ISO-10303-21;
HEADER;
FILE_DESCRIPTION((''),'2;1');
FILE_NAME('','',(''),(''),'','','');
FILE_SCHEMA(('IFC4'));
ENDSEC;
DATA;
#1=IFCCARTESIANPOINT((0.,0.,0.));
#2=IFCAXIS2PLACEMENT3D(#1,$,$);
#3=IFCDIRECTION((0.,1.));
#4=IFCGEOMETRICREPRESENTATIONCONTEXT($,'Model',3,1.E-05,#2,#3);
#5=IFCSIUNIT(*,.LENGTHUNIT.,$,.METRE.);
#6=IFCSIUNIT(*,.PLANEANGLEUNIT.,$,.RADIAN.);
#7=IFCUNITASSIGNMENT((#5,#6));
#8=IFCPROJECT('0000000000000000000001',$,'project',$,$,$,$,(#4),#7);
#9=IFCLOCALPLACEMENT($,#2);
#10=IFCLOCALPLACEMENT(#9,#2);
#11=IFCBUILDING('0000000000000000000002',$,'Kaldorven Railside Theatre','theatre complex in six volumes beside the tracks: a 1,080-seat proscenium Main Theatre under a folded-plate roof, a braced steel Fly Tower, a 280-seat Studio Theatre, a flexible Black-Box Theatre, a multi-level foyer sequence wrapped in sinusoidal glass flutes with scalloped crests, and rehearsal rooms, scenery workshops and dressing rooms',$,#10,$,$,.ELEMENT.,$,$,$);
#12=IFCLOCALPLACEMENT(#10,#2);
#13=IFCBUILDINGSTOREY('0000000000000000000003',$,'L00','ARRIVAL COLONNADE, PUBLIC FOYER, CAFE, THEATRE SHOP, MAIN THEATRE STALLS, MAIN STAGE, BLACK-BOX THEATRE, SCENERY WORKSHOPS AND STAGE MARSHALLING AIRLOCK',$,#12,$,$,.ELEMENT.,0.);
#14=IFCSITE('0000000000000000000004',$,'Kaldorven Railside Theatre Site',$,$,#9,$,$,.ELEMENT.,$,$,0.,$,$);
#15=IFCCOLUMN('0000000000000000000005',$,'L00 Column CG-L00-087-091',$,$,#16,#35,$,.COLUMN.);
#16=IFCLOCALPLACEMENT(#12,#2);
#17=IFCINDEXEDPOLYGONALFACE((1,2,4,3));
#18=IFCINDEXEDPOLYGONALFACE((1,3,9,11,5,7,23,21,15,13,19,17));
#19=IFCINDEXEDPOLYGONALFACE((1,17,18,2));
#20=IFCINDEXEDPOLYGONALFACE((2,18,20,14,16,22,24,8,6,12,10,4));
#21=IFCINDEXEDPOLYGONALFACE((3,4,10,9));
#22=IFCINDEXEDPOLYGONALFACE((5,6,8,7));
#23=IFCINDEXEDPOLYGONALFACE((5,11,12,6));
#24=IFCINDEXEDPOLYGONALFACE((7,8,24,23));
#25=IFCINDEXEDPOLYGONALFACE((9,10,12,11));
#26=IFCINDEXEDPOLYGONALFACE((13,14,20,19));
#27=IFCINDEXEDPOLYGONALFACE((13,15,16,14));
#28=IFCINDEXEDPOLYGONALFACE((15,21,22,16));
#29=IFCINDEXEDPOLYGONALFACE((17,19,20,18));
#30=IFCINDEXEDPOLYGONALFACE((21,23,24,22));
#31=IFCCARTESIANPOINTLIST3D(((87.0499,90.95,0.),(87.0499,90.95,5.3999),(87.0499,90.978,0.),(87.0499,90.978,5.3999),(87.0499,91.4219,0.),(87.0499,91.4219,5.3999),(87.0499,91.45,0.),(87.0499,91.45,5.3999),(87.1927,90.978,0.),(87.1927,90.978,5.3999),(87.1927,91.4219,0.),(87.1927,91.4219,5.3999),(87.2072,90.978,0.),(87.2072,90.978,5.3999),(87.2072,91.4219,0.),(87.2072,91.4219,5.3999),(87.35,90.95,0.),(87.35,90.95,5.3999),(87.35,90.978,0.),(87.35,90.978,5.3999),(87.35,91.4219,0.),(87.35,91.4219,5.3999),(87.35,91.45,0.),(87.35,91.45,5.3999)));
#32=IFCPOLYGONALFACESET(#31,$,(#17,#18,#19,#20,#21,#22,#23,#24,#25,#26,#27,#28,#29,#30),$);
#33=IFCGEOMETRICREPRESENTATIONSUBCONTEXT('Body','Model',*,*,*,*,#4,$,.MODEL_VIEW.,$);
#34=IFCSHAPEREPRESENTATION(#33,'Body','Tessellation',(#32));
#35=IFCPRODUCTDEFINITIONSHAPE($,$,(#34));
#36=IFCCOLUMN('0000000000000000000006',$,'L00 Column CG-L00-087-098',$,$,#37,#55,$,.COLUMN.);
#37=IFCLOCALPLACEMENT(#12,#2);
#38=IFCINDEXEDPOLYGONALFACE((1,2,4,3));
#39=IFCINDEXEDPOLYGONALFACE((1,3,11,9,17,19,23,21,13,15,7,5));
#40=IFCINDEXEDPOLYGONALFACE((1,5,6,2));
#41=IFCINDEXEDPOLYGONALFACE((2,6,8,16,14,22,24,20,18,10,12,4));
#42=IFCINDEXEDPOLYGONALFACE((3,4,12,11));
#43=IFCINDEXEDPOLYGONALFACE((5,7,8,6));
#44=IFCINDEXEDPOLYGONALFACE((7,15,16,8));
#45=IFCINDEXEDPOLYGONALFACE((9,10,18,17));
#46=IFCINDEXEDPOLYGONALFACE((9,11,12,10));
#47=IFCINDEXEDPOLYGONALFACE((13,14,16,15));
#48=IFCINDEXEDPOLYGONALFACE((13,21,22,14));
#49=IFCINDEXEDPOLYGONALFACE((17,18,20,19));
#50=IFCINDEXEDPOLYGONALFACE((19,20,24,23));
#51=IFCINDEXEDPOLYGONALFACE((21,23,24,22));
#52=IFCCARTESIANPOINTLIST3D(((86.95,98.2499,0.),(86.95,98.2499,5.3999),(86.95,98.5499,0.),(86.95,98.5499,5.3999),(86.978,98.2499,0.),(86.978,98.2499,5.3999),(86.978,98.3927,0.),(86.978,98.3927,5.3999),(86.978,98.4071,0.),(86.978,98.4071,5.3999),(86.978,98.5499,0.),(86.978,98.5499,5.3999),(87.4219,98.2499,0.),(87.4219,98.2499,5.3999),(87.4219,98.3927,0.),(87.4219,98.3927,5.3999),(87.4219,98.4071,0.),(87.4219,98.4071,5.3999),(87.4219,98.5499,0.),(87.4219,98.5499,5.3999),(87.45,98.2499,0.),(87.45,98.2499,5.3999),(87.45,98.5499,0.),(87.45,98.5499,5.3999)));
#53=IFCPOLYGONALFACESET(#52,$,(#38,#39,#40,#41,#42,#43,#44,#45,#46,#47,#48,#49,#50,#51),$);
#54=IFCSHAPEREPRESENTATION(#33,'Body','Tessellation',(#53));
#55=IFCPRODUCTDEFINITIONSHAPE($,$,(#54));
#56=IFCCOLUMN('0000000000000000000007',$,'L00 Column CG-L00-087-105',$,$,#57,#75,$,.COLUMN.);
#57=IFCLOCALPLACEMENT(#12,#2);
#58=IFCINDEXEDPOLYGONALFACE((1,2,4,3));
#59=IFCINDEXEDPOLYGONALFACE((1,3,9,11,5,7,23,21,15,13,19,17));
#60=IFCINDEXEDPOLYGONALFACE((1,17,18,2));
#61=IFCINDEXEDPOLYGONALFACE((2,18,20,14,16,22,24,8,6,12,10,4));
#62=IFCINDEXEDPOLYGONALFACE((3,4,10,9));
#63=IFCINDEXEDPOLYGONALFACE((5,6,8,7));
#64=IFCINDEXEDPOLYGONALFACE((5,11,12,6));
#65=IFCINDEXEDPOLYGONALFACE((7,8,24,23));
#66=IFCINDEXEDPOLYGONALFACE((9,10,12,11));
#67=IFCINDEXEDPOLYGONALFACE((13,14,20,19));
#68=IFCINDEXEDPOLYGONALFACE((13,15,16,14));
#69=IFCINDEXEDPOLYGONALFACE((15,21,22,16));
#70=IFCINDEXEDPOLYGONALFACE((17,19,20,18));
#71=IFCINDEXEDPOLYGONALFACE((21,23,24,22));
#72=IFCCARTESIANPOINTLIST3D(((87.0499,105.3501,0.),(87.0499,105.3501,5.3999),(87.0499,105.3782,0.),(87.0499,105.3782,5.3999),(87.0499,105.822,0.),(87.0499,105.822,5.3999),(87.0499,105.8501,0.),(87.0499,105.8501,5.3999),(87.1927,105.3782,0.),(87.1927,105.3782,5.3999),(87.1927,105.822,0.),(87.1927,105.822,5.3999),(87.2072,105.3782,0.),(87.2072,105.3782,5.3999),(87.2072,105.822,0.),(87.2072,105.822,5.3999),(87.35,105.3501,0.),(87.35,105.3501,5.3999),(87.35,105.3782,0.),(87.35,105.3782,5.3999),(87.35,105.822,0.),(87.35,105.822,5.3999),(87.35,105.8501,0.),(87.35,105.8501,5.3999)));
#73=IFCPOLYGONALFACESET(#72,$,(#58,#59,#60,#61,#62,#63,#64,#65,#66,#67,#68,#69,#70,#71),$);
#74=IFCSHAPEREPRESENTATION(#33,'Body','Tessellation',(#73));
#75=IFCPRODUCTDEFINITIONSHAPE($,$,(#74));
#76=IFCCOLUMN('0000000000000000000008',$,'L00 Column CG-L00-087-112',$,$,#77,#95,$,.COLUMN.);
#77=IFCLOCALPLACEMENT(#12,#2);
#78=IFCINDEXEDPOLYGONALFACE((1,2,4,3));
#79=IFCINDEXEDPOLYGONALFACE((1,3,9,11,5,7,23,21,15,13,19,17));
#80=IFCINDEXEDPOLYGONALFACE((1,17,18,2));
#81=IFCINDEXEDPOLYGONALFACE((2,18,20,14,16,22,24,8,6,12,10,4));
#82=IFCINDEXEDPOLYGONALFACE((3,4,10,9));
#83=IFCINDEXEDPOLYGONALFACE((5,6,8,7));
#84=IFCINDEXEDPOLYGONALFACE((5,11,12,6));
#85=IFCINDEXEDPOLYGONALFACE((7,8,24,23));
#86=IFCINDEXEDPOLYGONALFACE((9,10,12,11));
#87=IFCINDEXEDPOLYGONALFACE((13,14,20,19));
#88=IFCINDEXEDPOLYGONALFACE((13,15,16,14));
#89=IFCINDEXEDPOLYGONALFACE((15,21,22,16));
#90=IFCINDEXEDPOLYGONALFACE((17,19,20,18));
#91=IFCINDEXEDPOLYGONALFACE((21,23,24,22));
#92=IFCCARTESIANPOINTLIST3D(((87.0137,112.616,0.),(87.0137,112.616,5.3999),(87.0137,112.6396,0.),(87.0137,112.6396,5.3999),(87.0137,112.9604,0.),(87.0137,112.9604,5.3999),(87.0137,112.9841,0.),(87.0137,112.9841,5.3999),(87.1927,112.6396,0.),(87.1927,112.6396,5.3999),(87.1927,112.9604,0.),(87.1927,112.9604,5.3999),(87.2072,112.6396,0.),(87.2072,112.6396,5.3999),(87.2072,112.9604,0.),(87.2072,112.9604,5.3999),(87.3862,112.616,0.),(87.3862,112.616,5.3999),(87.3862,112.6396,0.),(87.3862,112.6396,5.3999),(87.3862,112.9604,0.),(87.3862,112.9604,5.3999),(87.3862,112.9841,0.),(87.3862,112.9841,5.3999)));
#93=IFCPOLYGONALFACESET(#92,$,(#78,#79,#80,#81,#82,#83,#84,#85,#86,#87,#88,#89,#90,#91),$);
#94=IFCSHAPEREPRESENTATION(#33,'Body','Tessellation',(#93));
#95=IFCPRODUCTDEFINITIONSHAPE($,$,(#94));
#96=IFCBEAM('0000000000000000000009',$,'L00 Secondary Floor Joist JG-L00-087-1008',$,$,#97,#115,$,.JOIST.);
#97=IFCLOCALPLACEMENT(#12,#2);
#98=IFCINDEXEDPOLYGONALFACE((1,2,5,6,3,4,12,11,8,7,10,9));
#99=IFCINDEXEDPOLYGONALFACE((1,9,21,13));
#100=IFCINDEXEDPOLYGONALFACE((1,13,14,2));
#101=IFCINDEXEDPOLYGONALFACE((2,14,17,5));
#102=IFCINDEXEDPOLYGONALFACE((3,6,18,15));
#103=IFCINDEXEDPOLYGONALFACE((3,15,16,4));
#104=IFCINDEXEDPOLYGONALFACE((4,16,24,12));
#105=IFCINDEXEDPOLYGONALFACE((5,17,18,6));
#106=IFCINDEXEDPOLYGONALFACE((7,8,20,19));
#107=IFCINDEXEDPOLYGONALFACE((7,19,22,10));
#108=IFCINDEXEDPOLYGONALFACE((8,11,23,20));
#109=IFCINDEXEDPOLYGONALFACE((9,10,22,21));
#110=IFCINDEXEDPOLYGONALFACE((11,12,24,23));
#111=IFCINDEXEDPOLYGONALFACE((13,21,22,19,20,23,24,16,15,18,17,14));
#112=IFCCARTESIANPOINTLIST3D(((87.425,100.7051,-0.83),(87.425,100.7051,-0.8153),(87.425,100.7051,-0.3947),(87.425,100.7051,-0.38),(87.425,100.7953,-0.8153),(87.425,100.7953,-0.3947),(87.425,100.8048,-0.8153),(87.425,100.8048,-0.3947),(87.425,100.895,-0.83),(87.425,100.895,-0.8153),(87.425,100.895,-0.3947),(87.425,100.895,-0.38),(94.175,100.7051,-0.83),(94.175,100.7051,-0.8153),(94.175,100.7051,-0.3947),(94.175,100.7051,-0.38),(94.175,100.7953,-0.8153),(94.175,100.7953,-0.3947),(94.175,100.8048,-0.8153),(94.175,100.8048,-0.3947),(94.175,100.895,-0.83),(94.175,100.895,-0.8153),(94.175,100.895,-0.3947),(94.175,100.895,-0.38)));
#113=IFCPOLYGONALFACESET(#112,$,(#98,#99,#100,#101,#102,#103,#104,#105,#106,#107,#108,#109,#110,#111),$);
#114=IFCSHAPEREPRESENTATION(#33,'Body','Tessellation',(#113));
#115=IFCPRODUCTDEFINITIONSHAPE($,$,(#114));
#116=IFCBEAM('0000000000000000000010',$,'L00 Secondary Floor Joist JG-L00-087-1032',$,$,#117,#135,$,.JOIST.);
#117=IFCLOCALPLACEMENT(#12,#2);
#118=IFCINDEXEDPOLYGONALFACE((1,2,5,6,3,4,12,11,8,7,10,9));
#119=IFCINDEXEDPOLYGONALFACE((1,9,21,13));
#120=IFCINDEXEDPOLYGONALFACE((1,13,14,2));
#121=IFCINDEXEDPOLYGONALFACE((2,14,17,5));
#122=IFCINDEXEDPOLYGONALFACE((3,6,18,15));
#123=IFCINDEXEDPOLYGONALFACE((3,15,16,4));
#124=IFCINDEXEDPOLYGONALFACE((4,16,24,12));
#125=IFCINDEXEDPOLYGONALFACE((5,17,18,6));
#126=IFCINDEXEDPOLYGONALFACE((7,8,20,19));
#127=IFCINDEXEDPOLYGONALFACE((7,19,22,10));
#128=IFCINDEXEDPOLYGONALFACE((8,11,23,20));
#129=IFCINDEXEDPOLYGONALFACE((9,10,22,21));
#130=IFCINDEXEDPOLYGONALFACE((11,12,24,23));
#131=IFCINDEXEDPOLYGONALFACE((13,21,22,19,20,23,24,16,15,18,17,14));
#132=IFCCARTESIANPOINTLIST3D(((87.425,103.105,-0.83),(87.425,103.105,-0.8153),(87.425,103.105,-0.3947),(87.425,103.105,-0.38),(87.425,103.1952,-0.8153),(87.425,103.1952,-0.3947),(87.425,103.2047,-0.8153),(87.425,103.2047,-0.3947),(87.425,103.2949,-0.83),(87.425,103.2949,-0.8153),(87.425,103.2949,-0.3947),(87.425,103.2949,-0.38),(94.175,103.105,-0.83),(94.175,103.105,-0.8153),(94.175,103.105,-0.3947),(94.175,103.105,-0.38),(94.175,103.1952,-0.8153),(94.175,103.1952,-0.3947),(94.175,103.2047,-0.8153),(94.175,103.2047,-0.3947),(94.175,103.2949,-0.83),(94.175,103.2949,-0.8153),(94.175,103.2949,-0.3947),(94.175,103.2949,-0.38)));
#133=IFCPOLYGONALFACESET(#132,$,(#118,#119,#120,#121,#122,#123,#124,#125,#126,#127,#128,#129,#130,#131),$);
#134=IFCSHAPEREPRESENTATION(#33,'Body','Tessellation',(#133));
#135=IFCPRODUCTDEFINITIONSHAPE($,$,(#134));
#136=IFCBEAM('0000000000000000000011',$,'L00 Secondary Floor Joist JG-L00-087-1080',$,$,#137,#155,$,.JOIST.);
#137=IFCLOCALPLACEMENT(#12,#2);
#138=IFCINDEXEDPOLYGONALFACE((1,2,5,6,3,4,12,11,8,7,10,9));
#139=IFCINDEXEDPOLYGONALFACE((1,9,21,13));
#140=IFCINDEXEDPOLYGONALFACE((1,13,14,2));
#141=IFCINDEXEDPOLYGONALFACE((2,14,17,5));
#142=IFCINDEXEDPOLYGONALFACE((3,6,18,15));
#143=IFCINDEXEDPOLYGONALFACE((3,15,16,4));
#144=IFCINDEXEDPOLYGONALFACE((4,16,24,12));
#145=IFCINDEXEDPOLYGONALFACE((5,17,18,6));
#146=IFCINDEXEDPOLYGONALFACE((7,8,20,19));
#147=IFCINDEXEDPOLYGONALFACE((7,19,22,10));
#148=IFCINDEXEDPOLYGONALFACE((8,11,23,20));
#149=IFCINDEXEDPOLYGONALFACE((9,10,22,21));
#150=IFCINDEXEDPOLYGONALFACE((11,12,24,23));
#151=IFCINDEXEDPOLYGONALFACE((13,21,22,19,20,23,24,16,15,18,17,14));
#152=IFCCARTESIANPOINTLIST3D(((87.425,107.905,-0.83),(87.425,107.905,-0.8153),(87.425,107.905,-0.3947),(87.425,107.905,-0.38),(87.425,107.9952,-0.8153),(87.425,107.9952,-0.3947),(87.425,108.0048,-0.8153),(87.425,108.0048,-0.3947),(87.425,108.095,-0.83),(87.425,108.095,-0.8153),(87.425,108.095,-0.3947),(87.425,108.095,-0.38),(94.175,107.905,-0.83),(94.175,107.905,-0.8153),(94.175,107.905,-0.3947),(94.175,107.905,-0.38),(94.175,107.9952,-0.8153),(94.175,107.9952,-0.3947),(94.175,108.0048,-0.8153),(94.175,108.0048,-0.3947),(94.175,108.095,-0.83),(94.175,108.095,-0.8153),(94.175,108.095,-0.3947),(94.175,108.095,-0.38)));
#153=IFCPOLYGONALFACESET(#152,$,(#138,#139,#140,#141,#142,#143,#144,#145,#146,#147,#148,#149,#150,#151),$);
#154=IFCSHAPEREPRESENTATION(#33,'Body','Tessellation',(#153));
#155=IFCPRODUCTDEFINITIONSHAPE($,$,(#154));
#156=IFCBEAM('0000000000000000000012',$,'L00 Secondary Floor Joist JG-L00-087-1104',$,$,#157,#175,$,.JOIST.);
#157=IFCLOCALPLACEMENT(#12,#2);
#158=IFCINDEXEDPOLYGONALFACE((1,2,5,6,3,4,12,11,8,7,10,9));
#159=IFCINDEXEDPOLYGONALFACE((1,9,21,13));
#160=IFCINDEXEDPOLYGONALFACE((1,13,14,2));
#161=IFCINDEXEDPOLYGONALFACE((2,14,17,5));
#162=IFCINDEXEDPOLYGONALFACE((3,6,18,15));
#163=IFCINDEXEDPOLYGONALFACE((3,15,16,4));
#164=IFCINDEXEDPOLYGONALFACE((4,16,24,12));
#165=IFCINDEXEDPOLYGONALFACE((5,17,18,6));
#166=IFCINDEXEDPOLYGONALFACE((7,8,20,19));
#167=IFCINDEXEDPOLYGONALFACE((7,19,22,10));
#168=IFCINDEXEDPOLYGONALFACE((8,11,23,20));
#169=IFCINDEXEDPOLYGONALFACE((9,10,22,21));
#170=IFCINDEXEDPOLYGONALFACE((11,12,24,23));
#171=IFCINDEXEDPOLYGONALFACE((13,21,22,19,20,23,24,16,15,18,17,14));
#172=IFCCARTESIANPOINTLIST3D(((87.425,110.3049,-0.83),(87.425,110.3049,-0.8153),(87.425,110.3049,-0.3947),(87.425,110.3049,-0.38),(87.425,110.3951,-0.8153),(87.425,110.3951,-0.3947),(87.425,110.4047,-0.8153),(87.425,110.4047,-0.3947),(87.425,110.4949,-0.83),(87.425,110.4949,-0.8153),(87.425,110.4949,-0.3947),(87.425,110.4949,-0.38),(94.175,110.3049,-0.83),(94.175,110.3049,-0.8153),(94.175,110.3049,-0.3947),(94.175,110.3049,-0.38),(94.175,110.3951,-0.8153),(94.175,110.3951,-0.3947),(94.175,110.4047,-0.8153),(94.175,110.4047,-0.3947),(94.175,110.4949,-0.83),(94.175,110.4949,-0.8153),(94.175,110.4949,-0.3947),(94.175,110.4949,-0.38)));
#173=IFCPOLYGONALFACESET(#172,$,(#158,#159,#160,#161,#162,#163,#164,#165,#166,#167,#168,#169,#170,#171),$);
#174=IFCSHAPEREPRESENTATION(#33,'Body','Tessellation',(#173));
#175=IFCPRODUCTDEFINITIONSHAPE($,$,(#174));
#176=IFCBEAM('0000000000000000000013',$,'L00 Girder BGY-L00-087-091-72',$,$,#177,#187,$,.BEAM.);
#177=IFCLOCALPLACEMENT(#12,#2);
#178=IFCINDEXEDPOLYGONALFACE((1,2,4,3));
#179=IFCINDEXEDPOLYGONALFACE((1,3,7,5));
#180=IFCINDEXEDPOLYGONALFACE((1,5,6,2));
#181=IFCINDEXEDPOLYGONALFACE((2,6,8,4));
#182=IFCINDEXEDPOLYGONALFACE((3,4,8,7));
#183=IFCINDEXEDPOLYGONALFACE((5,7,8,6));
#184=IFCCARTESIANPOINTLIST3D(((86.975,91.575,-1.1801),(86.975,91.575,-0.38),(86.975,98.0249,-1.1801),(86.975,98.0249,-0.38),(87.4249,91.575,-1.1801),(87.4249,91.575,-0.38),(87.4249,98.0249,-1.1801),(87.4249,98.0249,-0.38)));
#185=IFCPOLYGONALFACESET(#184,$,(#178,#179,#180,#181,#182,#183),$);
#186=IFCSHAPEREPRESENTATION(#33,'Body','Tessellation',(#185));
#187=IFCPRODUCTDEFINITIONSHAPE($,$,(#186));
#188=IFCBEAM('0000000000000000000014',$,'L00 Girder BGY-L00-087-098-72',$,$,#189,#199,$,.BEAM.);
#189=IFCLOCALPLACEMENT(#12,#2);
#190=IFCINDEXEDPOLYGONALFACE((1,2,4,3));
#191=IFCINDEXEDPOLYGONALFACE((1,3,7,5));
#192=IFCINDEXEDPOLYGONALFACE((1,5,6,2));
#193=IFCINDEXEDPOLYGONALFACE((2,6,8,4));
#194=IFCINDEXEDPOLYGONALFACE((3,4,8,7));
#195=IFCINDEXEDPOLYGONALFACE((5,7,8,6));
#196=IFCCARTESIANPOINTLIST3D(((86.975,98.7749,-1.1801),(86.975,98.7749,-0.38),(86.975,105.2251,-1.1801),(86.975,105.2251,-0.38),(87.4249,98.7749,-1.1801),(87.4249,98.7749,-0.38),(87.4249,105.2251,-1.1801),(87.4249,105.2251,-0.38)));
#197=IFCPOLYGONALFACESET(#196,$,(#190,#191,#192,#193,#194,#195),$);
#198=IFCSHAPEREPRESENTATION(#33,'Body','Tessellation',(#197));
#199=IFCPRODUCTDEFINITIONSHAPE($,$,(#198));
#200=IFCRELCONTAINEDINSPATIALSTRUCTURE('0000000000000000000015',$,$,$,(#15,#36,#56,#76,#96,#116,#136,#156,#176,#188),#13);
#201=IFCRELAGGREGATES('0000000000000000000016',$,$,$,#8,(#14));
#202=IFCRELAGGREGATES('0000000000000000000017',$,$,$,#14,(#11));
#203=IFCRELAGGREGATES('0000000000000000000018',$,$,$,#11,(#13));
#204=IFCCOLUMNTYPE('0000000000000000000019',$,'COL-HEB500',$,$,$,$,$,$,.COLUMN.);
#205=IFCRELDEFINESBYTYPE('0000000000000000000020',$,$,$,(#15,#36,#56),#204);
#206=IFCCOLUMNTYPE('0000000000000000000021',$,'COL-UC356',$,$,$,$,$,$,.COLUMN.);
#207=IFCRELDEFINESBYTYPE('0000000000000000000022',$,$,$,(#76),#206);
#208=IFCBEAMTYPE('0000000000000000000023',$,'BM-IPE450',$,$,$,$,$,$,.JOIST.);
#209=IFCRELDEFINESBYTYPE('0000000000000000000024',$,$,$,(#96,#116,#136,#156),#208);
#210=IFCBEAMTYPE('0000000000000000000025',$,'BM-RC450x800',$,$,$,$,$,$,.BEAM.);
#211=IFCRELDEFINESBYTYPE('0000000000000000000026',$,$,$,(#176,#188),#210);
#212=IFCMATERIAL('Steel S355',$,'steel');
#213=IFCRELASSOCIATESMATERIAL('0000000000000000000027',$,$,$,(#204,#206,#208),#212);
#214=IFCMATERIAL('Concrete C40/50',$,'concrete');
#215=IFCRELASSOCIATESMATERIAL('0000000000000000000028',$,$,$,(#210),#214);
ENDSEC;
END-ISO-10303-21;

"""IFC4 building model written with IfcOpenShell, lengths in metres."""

from ifc_helpers import new_model, si_unit, direction, frame, origin, origin_2d, place, context, subcontext, project, spatial, rectangle, i_section, extrude, material, material_profile, profile_set, type_object, element, save


model = new_model("IFC4")

# Units and contexts
model_context = context("Model", 3, precision=1e-05, world=origin(), true_north=direction((0.0, 1.0)))
body_context = subcontext(model_context, "Body", "Model", "MODEL_VIEW")
ifc_project = project(units=[si_unit("LENGTHUNIT", "METRE"), si_unit("PLANEANGLEUNIT", "RADIAN")], contexts=[model_context])

# Site, building, storey
site_placement = place(None, origin())
site = spatial("IfcSite", under=ifc_project, at=site_placement, Name="Kaldorven Railside Theatre Site", CompositionType="ELEMENT", RefElevation=0.0)
building_placement = place(site_placement, origin())
building = spatial("IfcBuilding", under=site, at=building_placement, Name="Kaldorven Railside Theatre", Description="theatre complex in six volumes beside the tracks: a 1,080-seat proscenium Main Theatre under a folded-plate roof, a braced steel Fly Tower, a 280-seat Studio Theatre, a flexible Black-Box Theatre, a multi-level foyer sequence wrapped in sinusoidal glass flutes with scalloped crests, and rehearsal rooms, scenery workshops and dressing rooms", CompositionType="ELEMENT")
storey_placement = place(building_placement, origin())
storey = spatial("IfcBuildingStorey", under=building, at=storey_placement, Name="L00", Description="ARRIVAL COLONNADE, PUBLIC FOYER, CAFE, THEATRE SHOP, MAIN THEATRE STALLS, MAIN STAGE, BLACK-BOX THEATRE, SCENERY WORKSHOPS AND STAGE MARSHALLING AIRLOCK", CompositionType="ELEMENT", Elevation=0.0)

# Columns
ifc_material_1 = material(Name="Steel S355", Category="steel")
ifc_material_profile_1 = material_profile(ifc_material_1, i_section(OverallWidth=0.3, OverallDepth=0.5, WebThickness=0.0144, FlangeThickness=0.0281, at=origin_2d()), Name="HEB 500")
ifc_profile_set_1 = profile_set([ifc_material_profile_1], Name="Steel S355")
column_type_1 = type_object("IfcColumnType", Name="COL-HEB500", PredefinedType="COLUMN", material=ifc_profile_set_1)
for number, where, z_axis, x_axis, name in (
    (1, (87.2, 91.2, 0.0), (0.0, 0.0, 1.0), (1.0, 0.0, 0.0), "L00 Column CG-L00-087-091"),
    (2, (87.2, 98.3999, 0.0), (0.0, 0.0, 1.0), (0.0, 1.0, 0.0), "L00 Column CG-L00-087-098"),
    (3, (87.2, 105.6001, 0.0), (0.0, 0.0, 1.0), (1.0, 0.0, 0.0), "L00 Column CG-L00-087-105"),
):
    element("IfcColumn", number, at=place(storey_placement, frame(where, z_axis=z_axis, x_axis=x_axis)), inside=storey, type_object=column_type_1, Name=name, PredefinedType="COLUMN", context=body_context, shape_type="SweptSolid", body=[
        extrude(i_section(OverallWidth=0.3, OverallDepth=0.5, WebThickness=0.0144, FlangeThickness=0.0281, at=origin_2d()), origin(), (0.0, 0.0, 1.0), 5.3999),
    ])
ifc_material_profile_2 = material_profile(ifc_material_1, i_section(OverallWidth=0.3726, OverallDepth=0.3682, WebThickness=0.0144, FlangeThickness=0.0237, at=origin_2d()), Name="UC 356x368x177")
ifc_profile_set_2 = profile_set([ifc_material_profile_2], Name="Steel S355")
column_type_2 = type_object("IfcColumnType", Name="COL-UC356", PredefinedType="COLUMN", material=ifc_profile_set_2)
column_placement = place(storey_placement, frame((87.2, 112.8, 0.0), z_axis=(0.0, 0.0, 1.0), x_axis=(1.0, 0.0, 0.0)))
element("IfcColumn", 4, at=column_placement, inside=storey, type_object=column_type_2, Name="L00 Column CG-L00-087-112", PredefinedType="COLUMN", context=body_context, shape_type="SweptSolid", body=[
    extrude(i_section(OverallWidth=0.3726, OverallDepth=0.3682, WebThickness=0.0144, FlangeThickness=0.0237, at=origin_2d()), origin(), (0.0, 0.0, 1.0), 5.3999),
])

# Beams
ifc_material_profile_3 = material_profile(ifc_material_1, i_section(OverallWidth=0.1899, OverallDepth=0.45, WebThickness=0.0095, FlangeThickness=0.0146, at=origin_2d()), Name="IPE 450")
ifc_profile_set_3 = profile_set([ifc_material_profile_3], Name="Steel S355")
beam_type_1 = type_object("IfcBeamType", Name="BM-IPE450", PredefinedType="JOIST", material=ifc_profile_set_3)
for number, where, z_axis, x_axis, name in (
    (5, (87.425, 100.8, -0.605), (1.0, 0.0, 0.0), (0.0, 1.0, 0.0), "L00 Secondary Floor Joist JG-L00-087-1008"),
    (6, (87.425, 103.2, -0.605), (1.0, 0.0, 0.0), (0.0, 1.0, 0.0), "L00 Secondary Floor Joist JG-L00-087-1032"),
    (7, (87.425, 108.0, -0.605), (1.0, 0.0, 0.0), (0.0, 1.0, 0.0), "L00 Secondary Floor Joist JG-L00-087-1080"),
    (8, (87.425, 110.3999, -0.605), (1.0, 0.0, 0.0), (0.0, 1.0, 0.0), "L00 Secondary Floor Joist JG-L00-087-1104"),
):
    element("IfcBeam", number, at=place(storey_placement, frame(where, z_axis=z_axis, x_axis=x_axis)), inside=storey, type_object=beam_type_1, Name=name, PredefinedType="JOIST", context=body_context, shape_type="SweptSolid", body=[
        extrude(i_section(OverallWidth=0.1899, OverallDepth=0.45, WebThickness=0.0095, FlangeThickness=0.0146, at=origin_2d()), origin(), (0.0, 0.0, 1.0), 6.75),
    ])
ifc_material_2 = material(Name="Concrete C40/50", Category="concrete")
ifc_material_profile_4 = material_profile(ifc_material_2, rectangle(XDim=0.45, YDim=0.8, at=origin_2d()), Name="RC 450x800")
ifc_profile_set_4 = profile_set([ifc_material_profile_4], Name="Concrete C40/50")
beam_type_2 = type_object("IfcBeamType", Name="BM-RC450x800", PredefinedType="BEAM", material=ifc_profile_set_4)
beam_1_placement = place(storey_placement, frame((87.2, 91.575, -0.78), z_axis=(0.0, 1.0, 0.0), x_axis=(-1.0, 0.0, 0.0)))
element("IfcBeam", 9, at=beam_1_placement, inside=storey, type_object=beam_type_2, Name="L00 Girder BGY-L00-087-091-72", PredefinedType="BEAM", context=body_context, shape_type="SweptSolid", body=[
    extrude(rectangle(XDim=0.45, YDim=0.8, at=origin_2d()), origin(), (0.0, 0.0, 1.0), 6.45),
])
beam_2_placement = place(storey_placement, frame((87.2, 98.7749, -0.78), z_axis=(0.0, 1.0, 0.0), x_axis=(-1.0, 0.0, 0.0)))
element("IfcBeam", 10, at=beam_2_placement, inside=storey, type_object=beam_type_2, Name="L00 Girder BGY-L00-087-098-72", PredefinedType="BEAM", context=body_context, shape_type="SweptSolid", body=[
    extrude(rectangle(XDim=0.45, YDim=0.8, at=origin_2d()), origin(), (0.0, 0.0, 1.0), 6.4502),
])

save(model, "model.ifc")
